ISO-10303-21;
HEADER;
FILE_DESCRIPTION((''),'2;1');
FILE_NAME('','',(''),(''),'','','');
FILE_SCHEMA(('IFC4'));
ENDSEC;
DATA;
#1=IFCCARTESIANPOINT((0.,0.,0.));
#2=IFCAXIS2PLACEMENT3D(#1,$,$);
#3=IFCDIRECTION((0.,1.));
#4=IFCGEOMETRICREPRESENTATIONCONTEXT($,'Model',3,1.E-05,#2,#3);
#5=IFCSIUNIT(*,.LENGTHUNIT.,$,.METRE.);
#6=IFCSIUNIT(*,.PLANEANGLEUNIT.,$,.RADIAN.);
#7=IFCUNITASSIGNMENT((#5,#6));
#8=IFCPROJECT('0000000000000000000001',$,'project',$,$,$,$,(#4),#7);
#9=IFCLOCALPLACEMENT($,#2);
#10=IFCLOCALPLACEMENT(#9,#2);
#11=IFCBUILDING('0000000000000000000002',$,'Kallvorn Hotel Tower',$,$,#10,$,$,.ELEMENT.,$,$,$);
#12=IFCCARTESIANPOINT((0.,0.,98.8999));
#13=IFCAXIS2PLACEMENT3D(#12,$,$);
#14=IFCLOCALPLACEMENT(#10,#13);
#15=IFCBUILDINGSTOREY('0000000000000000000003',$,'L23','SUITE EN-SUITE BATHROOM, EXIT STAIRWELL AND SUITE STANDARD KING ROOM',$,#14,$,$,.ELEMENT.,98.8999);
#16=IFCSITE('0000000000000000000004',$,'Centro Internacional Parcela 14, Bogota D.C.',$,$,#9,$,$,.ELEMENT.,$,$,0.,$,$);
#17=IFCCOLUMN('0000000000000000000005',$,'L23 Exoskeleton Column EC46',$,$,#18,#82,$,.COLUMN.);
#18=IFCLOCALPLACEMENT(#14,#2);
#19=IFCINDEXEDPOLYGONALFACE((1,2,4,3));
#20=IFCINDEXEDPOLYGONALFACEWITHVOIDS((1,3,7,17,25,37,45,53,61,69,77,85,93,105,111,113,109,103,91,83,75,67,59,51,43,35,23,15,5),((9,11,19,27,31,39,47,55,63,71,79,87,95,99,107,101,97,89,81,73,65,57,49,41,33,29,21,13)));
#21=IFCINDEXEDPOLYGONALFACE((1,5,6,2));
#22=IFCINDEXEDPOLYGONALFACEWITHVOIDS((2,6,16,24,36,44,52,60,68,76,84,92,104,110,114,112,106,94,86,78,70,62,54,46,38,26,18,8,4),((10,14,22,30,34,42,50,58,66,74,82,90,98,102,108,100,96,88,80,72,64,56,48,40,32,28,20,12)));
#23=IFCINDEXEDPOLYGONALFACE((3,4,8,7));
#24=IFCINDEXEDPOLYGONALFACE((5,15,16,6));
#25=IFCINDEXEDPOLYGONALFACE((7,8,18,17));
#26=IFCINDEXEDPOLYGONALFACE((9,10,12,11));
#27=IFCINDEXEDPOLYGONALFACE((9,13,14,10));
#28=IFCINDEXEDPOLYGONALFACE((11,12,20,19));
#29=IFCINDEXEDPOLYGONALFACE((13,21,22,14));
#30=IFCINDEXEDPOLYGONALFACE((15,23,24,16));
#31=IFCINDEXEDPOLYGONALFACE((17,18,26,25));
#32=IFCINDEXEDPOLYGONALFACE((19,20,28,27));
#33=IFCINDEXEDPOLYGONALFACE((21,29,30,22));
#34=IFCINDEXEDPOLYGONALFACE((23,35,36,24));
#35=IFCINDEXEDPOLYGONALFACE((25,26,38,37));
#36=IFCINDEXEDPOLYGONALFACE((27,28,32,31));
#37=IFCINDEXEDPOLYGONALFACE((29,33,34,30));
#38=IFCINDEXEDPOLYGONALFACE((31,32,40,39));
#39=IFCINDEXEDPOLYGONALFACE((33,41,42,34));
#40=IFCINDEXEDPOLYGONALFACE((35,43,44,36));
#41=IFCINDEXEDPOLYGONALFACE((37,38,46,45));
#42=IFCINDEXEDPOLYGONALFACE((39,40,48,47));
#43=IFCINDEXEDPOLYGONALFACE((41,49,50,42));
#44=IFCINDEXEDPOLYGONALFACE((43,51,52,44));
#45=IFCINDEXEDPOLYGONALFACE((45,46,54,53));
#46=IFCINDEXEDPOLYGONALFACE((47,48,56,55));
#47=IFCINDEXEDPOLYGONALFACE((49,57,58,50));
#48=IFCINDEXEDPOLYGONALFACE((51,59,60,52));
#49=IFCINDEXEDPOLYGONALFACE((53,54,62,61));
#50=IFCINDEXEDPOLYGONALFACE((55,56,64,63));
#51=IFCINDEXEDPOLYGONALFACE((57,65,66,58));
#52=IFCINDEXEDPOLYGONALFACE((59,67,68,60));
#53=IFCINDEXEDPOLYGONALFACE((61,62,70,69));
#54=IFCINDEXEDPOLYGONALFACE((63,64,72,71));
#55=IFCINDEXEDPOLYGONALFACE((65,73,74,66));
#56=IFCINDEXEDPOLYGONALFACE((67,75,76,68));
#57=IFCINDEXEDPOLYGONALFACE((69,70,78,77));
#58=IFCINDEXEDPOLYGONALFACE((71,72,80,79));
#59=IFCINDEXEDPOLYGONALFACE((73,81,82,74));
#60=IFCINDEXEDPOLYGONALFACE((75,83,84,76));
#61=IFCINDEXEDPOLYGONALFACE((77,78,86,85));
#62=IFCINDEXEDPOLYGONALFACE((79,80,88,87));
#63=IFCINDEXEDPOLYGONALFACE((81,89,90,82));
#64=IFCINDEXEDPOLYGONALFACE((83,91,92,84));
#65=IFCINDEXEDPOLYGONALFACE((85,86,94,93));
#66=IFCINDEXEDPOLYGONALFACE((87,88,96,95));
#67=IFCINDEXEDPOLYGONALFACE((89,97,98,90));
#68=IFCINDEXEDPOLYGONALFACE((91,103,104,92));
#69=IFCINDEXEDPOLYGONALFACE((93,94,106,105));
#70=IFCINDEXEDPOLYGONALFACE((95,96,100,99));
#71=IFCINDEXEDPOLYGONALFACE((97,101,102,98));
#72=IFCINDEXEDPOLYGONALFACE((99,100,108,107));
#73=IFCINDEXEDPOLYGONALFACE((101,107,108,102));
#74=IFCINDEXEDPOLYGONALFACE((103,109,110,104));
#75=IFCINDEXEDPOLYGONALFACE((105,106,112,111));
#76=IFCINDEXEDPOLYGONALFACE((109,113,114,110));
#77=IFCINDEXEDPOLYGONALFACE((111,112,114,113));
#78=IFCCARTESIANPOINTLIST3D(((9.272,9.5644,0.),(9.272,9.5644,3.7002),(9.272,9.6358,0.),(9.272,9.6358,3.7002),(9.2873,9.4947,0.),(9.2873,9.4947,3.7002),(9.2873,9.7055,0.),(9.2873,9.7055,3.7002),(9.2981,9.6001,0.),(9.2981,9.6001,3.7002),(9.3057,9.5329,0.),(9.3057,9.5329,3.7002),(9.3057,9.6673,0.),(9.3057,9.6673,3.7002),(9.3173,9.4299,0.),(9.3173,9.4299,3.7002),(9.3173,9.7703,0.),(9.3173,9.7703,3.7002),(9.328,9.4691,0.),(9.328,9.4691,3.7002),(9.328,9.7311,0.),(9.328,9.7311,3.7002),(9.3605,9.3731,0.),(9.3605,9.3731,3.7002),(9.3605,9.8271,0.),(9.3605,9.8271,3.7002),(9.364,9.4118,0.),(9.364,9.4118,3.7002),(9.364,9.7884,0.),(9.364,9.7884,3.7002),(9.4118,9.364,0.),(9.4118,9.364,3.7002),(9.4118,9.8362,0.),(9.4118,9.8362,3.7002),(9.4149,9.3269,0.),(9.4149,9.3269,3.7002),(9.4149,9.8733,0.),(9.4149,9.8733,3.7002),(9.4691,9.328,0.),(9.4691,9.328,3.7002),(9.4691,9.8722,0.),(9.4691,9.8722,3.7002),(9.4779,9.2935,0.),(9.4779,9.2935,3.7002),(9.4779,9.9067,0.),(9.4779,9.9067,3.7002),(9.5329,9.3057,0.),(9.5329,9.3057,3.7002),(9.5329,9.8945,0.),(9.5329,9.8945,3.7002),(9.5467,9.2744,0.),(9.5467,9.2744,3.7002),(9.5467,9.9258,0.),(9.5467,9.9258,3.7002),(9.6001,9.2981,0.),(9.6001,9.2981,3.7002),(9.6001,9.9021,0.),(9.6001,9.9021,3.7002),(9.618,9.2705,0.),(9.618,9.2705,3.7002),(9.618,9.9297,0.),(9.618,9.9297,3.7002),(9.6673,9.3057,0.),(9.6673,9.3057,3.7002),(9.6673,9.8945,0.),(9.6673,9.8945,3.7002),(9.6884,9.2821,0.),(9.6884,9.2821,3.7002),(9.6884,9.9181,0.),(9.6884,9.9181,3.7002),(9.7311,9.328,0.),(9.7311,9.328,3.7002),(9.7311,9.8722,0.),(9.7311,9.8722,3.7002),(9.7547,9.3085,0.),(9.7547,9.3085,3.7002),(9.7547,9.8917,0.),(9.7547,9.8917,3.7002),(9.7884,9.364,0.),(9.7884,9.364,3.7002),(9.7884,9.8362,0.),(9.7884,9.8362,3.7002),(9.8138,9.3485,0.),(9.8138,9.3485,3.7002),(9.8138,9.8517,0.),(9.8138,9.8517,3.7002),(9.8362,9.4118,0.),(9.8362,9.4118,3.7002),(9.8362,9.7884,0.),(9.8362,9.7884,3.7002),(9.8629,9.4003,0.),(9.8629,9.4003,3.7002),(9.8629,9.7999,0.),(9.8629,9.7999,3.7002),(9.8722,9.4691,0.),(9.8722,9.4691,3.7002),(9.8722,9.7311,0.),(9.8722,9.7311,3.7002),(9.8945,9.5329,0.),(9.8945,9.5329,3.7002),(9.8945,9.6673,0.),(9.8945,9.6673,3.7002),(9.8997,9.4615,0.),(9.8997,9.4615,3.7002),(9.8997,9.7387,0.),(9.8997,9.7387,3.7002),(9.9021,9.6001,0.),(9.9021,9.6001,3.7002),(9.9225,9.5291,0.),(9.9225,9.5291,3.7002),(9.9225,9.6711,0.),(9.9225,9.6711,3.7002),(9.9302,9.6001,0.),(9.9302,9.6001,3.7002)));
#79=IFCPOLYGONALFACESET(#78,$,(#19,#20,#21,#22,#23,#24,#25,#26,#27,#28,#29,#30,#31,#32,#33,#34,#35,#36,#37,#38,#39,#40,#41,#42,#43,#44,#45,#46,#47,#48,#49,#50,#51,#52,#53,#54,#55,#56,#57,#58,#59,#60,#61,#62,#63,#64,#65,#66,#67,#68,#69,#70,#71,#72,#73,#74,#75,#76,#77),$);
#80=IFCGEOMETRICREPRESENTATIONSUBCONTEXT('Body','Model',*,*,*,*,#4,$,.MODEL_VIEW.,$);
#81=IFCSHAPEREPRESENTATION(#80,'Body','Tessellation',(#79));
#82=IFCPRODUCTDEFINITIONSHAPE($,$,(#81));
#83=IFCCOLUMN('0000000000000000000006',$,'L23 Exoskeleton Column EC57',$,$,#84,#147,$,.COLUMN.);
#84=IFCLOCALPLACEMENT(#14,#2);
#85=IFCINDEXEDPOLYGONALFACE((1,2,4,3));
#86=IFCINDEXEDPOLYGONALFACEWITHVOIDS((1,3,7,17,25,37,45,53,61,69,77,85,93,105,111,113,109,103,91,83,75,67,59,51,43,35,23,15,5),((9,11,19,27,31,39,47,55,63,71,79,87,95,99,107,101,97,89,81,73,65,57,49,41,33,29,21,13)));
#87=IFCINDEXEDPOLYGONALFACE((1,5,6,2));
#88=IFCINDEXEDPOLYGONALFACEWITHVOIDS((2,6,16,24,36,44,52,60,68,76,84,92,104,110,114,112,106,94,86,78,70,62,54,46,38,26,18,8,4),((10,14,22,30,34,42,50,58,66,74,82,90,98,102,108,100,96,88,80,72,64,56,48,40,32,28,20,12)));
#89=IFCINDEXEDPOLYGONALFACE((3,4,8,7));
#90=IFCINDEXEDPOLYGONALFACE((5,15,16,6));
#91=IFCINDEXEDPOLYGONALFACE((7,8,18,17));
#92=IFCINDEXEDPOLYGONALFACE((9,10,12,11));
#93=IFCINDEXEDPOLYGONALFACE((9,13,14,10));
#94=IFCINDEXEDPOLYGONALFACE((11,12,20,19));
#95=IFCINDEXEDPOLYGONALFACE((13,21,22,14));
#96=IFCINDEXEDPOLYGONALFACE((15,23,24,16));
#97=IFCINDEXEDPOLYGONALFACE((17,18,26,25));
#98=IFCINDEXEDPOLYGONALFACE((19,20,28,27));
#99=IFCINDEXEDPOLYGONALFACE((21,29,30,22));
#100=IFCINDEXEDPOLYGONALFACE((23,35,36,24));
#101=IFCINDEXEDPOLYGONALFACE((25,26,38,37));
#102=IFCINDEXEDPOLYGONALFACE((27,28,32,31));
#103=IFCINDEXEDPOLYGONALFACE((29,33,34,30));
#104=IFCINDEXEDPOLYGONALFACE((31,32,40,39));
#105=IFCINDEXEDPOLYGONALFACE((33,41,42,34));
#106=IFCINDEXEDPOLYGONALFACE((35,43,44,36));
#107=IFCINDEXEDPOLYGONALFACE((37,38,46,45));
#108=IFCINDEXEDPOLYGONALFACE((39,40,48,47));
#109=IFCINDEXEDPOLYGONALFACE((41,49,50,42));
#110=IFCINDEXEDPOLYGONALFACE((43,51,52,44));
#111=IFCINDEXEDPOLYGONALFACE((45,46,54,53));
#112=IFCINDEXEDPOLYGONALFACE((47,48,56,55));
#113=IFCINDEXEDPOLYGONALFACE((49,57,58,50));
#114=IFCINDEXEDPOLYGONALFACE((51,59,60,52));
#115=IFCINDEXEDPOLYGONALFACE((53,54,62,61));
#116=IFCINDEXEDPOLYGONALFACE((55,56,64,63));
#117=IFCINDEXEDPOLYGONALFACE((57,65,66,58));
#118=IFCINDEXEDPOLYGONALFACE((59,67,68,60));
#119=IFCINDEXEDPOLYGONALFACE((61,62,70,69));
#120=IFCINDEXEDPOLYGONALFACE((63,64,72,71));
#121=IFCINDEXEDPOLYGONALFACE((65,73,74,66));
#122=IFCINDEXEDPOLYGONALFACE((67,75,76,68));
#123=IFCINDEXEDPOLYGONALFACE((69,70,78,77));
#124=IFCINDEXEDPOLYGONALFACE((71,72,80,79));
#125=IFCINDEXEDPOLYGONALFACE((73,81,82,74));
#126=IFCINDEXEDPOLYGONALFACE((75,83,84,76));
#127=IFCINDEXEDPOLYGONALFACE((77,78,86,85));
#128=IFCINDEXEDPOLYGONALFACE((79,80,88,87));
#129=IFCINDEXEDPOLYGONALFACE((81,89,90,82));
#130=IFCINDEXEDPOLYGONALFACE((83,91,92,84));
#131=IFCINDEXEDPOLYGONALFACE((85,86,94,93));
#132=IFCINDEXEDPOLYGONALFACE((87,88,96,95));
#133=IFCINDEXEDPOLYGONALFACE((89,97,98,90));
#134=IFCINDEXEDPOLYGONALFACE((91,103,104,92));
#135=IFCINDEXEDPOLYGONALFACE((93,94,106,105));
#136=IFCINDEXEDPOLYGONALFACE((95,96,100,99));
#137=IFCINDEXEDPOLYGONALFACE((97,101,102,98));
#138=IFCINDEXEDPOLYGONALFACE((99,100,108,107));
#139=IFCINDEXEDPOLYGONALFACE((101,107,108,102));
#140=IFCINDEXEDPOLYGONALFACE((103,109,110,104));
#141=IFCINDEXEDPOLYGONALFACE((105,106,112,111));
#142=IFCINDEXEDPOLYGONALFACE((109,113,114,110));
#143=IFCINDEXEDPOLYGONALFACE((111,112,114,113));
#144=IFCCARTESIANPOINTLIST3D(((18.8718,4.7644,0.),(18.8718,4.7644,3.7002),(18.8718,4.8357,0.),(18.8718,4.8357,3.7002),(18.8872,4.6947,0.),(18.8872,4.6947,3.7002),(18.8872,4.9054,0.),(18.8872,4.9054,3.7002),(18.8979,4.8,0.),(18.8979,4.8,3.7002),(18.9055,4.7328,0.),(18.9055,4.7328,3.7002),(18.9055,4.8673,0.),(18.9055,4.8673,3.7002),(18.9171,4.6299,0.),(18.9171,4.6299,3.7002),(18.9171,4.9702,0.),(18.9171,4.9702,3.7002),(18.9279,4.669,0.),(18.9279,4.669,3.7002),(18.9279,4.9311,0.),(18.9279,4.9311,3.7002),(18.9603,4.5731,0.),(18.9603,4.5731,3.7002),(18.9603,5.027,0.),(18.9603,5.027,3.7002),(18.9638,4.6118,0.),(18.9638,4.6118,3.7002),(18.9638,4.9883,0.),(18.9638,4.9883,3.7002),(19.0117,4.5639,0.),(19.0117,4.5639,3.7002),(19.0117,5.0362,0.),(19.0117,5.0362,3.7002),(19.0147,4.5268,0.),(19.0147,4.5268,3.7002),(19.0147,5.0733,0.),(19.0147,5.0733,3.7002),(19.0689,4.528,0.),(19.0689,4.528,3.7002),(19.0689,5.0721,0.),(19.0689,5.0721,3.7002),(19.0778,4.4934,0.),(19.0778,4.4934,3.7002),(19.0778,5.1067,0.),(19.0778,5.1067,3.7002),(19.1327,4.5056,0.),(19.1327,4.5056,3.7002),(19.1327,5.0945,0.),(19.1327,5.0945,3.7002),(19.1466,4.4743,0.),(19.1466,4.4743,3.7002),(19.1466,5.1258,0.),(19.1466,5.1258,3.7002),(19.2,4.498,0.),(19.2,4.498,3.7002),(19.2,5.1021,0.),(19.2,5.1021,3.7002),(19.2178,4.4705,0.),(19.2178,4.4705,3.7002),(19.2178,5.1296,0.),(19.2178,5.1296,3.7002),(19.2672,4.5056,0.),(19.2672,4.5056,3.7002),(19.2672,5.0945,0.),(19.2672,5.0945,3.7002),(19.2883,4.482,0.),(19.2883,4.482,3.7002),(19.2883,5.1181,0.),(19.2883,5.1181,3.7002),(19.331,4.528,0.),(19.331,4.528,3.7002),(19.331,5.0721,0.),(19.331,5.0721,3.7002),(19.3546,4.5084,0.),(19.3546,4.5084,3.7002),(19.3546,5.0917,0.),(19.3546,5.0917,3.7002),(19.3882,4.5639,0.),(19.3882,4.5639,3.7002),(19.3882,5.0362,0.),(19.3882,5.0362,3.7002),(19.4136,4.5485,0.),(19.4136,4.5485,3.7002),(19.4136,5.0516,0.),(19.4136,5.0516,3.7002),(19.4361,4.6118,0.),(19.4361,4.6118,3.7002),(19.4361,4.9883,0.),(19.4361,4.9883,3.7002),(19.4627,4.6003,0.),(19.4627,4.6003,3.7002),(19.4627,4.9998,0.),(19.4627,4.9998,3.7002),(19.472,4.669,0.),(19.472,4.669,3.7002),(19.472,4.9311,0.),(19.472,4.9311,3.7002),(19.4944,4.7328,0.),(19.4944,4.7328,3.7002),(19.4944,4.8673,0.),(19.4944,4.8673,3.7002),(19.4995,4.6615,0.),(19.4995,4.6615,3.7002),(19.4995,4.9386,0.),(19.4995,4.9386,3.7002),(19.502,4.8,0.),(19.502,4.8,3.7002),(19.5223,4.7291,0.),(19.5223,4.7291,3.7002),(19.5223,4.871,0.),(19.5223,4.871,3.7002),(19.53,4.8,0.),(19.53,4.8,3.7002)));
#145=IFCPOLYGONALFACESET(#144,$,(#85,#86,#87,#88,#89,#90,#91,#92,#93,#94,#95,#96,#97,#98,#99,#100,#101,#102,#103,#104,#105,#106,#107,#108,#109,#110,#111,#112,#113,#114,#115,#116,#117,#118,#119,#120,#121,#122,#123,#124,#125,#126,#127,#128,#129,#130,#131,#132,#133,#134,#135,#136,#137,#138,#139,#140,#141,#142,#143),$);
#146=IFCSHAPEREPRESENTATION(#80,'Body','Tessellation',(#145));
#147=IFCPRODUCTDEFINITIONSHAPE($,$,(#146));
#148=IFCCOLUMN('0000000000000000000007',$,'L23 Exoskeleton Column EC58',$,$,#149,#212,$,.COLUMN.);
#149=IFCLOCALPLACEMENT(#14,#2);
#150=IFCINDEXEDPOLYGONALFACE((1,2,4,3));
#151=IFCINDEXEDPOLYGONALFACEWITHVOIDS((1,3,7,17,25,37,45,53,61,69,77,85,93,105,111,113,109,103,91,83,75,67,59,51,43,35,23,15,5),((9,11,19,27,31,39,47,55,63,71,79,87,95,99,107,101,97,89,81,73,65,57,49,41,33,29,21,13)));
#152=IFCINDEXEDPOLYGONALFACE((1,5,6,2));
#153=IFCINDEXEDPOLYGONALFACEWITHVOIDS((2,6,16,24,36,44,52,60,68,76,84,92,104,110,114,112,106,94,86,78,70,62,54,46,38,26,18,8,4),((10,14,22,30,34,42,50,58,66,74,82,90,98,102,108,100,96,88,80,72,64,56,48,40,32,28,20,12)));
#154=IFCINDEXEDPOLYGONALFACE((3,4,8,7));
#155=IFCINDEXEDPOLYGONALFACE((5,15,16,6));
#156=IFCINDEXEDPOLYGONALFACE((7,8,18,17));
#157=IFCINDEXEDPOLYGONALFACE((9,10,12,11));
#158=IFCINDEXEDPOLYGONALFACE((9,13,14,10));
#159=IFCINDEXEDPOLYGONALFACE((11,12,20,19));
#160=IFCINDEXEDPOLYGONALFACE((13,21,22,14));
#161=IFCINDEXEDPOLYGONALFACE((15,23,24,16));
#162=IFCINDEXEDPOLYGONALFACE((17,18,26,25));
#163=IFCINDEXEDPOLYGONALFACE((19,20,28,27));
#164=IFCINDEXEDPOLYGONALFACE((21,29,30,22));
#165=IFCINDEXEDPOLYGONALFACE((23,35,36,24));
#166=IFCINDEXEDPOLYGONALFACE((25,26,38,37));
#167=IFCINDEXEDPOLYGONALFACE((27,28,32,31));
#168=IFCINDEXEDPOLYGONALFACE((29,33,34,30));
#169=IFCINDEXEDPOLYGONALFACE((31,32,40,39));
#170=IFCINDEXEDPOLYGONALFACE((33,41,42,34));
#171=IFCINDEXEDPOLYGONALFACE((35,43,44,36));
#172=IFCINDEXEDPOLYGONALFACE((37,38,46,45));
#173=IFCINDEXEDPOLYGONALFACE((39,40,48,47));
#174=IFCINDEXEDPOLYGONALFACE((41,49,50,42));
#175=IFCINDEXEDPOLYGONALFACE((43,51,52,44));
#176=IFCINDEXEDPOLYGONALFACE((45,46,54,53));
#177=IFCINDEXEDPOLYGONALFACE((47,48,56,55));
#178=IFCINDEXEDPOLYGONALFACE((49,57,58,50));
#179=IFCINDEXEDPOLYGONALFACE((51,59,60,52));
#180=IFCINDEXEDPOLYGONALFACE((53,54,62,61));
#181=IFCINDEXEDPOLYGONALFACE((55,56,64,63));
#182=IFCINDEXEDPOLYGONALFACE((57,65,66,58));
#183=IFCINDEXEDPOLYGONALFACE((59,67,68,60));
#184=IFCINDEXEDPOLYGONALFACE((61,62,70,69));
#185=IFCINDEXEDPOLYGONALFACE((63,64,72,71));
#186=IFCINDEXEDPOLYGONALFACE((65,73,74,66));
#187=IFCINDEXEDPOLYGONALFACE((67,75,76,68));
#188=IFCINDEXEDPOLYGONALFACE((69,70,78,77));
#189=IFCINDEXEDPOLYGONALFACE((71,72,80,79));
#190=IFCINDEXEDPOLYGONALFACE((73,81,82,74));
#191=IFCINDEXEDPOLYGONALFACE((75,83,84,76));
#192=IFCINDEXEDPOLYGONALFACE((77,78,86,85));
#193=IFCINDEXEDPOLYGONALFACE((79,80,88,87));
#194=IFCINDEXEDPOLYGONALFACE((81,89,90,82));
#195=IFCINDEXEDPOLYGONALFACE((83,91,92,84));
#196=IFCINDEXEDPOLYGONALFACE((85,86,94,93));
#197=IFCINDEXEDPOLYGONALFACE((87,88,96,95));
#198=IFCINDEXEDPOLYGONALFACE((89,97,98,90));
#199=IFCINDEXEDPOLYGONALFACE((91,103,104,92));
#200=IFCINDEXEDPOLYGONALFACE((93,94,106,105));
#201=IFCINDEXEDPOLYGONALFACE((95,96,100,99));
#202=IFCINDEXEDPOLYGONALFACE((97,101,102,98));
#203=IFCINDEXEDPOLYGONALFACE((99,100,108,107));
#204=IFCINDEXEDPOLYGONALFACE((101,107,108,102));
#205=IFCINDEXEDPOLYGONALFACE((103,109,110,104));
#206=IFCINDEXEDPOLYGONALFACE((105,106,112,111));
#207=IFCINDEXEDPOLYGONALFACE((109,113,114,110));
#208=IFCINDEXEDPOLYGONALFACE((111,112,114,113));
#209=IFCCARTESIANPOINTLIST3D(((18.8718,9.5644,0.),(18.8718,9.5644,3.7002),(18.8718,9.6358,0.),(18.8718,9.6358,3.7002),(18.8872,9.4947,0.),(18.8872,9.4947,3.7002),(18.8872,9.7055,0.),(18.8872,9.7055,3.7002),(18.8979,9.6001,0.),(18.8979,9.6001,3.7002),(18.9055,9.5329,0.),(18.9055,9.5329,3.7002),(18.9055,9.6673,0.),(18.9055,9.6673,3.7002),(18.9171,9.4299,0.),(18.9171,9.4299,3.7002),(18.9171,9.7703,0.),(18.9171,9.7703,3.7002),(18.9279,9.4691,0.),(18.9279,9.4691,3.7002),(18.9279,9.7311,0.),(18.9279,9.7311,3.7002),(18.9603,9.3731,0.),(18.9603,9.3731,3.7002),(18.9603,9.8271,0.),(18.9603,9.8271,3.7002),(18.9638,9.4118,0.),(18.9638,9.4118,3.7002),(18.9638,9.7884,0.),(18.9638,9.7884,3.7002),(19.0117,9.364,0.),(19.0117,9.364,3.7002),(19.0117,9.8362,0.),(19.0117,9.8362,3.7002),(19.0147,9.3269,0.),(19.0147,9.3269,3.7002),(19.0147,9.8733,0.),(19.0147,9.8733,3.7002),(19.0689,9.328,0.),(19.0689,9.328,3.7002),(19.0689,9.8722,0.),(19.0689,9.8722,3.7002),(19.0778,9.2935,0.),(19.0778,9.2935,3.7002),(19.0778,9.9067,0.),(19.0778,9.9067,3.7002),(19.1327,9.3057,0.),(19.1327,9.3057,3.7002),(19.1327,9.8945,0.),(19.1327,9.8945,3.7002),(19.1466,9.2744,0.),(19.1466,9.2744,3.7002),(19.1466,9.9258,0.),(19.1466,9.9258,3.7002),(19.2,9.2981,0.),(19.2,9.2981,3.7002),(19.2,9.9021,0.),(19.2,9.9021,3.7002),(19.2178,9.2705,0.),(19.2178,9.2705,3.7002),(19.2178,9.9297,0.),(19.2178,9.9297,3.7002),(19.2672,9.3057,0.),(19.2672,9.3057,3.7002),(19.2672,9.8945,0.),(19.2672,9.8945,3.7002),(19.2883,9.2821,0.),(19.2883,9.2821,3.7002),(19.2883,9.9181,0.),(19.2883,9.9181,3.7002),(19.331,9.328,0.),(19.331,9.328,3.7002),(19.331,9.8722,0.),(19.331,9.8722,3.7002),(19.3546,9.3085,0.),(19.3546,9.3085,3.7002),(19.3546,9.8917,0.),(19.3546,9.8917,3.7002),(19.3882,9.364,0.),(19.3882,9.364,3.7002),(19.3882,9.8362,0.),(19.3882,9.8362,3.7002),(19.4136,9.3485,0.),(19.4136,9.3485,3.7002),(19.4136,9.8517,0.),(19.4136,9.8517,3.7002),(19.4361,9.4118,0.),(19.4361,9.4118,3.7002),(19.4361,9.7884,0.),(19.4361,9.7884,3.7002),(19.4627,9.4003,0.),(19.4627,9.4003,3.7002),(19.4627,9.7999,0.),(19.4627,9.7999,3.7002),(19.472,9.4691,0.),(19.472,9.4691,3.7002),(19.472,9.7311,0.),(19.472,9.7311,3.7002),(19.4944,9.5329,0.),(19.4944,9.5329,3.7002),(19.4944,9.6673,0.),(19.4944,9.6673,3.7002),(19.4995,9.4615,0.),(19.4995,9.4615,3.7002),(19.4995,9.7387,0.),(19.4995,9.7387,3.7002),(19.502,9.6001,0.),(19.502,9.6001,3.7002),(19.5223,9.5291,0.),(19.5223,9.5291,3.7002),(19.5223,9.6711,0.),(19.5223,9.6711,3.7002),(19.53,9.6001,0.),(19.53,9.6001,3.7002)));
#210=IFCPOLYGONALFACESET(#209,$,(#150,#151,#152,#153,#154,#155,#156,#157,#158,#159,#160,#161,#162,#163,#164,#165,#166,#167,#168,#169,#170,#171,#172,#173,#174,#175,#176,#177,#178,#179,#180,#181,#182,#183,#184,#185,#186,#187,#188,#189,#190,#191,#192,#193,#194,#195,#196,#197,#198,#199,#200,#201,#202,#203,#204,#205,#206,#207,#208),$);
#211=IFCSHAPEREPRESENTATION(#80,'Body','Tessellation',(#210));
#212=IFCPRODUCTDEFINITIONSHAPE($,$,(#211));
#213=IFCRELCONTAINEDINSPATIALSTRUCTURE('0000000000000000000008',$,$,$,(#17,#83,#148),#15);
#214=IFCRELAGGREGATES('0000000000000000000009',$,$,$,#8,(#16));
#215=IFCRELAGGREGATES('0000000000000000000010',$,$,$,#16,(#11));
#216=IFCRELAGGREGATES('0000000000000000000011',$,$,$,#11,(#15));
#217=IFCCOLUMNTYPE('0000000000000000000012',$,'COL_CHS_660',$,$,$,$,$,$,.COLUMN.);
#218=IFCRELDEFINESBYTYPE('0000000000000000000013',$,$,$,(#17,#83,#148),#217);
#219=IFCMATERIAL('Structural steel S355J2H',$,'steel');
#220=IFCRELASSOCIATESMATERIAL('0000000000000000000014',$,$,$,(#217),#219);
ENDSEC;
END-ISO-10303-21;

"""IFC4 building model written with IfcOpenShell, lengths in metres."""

from ifc_helpers import new_model, si_unit, direction, frame, origin, origin_2d, place, context, subcontext, project, spatial, hollow_circle, extrude, material, material_profile, profile_set, type_object, element, save


model = new_model("IFC4")

# Units and contexts
model_context = context("Model", 3, precision=1e-05, world=origin(), true_north=direction((0.0, 1.0)))
body_context = subcontext(model_context, "Body", "Model", "MODEL_VIEW")
ifc_project = project(units=[si_unit("LENGTHUNIT", "METRE"), si_unit("PLANEANGLEUNIT", "RADIAN")], contexts=[model_context])

# Site, building, storey
site_placement = place(None, origin())
site = spatial("IfcSite", under=ifc_project, at=site_placement, Name="Centro Internacional Parcela 14, Bogota D.C.", CompositionType="ELEMENT", RefElevation=0.0)
building_placement = place(site_placement, origin())
building = spatial("IfcBuilding", under=site, at=building_placement, Name="Kallvorn Hotel Tower", CompositionType="ELEMENT")
storey_placement = place(building_placement, frame((0.0, 0.0, 98.8999)))
storey = spatial("IfcBuildingStorey", under=building, at=storey_placement, Name="L23", Description="SUITE EN-SUITE BATHROOM, EXIT STAIRWELL AND SUITE STANDARD KING ROOM", CompositionType="ELEMENT", Elevation=98.8999)

# Columns
ifc_material_1 = material(Name="Structural steel S355J2H", Category="steel")
ifc_material_profile_1 = material_profile(ifc_material_1, hollow_circle(Radius=0.3301, WallThickness=0.0281, at=origin_2d()), Name="CHS 660x28")
ifc_profile_set_1 = profile_set([ifc_material_profile_1], Name="Structural steel S355J2H")
column_type_1 = type_object("IfcColumnType", Name="COL_CHS_660", PredefinedType="COLUMN", material=ifc_profile_set_1)
for number, where, z_axis, x_axis, name in (
    (1, (9.6001, 9.6001, 0.0), (0.0, 0.0, 1.0), (1.0, 0.0, 0.0), "L23 Exoskeleton Column EC46"),
    (2, (19.2, 4.8, 0.0), (0.0, 0.0, 1.0), (1.0, 0.0, 0.0), "L23 Exoskeleton Column EC57"),
    (3, (19.2, 9.6001, 0.0), (0.0, 0.0, 1.0), (1.0, 0.0, 0.0), "L23 Exoskeleton Column EC58"),
):
    element("IfcColumn", number, at=place(storey_placement, frame(where, z_axis=z_axis, x_axis=x_axis)), inside=storey, type_object=column_type_1, Name=name, PredefinedType="COLUMN", context=body_context, shape_type="SweptSolid", body=[
        extrude(hollow_circle(Radius=0.3301, WallThickness=0.0281, at=origin_2d()), origin(), (0.0, 0.0, 1.0), 3.7002),
    ])

save(model, "model.ifc")
